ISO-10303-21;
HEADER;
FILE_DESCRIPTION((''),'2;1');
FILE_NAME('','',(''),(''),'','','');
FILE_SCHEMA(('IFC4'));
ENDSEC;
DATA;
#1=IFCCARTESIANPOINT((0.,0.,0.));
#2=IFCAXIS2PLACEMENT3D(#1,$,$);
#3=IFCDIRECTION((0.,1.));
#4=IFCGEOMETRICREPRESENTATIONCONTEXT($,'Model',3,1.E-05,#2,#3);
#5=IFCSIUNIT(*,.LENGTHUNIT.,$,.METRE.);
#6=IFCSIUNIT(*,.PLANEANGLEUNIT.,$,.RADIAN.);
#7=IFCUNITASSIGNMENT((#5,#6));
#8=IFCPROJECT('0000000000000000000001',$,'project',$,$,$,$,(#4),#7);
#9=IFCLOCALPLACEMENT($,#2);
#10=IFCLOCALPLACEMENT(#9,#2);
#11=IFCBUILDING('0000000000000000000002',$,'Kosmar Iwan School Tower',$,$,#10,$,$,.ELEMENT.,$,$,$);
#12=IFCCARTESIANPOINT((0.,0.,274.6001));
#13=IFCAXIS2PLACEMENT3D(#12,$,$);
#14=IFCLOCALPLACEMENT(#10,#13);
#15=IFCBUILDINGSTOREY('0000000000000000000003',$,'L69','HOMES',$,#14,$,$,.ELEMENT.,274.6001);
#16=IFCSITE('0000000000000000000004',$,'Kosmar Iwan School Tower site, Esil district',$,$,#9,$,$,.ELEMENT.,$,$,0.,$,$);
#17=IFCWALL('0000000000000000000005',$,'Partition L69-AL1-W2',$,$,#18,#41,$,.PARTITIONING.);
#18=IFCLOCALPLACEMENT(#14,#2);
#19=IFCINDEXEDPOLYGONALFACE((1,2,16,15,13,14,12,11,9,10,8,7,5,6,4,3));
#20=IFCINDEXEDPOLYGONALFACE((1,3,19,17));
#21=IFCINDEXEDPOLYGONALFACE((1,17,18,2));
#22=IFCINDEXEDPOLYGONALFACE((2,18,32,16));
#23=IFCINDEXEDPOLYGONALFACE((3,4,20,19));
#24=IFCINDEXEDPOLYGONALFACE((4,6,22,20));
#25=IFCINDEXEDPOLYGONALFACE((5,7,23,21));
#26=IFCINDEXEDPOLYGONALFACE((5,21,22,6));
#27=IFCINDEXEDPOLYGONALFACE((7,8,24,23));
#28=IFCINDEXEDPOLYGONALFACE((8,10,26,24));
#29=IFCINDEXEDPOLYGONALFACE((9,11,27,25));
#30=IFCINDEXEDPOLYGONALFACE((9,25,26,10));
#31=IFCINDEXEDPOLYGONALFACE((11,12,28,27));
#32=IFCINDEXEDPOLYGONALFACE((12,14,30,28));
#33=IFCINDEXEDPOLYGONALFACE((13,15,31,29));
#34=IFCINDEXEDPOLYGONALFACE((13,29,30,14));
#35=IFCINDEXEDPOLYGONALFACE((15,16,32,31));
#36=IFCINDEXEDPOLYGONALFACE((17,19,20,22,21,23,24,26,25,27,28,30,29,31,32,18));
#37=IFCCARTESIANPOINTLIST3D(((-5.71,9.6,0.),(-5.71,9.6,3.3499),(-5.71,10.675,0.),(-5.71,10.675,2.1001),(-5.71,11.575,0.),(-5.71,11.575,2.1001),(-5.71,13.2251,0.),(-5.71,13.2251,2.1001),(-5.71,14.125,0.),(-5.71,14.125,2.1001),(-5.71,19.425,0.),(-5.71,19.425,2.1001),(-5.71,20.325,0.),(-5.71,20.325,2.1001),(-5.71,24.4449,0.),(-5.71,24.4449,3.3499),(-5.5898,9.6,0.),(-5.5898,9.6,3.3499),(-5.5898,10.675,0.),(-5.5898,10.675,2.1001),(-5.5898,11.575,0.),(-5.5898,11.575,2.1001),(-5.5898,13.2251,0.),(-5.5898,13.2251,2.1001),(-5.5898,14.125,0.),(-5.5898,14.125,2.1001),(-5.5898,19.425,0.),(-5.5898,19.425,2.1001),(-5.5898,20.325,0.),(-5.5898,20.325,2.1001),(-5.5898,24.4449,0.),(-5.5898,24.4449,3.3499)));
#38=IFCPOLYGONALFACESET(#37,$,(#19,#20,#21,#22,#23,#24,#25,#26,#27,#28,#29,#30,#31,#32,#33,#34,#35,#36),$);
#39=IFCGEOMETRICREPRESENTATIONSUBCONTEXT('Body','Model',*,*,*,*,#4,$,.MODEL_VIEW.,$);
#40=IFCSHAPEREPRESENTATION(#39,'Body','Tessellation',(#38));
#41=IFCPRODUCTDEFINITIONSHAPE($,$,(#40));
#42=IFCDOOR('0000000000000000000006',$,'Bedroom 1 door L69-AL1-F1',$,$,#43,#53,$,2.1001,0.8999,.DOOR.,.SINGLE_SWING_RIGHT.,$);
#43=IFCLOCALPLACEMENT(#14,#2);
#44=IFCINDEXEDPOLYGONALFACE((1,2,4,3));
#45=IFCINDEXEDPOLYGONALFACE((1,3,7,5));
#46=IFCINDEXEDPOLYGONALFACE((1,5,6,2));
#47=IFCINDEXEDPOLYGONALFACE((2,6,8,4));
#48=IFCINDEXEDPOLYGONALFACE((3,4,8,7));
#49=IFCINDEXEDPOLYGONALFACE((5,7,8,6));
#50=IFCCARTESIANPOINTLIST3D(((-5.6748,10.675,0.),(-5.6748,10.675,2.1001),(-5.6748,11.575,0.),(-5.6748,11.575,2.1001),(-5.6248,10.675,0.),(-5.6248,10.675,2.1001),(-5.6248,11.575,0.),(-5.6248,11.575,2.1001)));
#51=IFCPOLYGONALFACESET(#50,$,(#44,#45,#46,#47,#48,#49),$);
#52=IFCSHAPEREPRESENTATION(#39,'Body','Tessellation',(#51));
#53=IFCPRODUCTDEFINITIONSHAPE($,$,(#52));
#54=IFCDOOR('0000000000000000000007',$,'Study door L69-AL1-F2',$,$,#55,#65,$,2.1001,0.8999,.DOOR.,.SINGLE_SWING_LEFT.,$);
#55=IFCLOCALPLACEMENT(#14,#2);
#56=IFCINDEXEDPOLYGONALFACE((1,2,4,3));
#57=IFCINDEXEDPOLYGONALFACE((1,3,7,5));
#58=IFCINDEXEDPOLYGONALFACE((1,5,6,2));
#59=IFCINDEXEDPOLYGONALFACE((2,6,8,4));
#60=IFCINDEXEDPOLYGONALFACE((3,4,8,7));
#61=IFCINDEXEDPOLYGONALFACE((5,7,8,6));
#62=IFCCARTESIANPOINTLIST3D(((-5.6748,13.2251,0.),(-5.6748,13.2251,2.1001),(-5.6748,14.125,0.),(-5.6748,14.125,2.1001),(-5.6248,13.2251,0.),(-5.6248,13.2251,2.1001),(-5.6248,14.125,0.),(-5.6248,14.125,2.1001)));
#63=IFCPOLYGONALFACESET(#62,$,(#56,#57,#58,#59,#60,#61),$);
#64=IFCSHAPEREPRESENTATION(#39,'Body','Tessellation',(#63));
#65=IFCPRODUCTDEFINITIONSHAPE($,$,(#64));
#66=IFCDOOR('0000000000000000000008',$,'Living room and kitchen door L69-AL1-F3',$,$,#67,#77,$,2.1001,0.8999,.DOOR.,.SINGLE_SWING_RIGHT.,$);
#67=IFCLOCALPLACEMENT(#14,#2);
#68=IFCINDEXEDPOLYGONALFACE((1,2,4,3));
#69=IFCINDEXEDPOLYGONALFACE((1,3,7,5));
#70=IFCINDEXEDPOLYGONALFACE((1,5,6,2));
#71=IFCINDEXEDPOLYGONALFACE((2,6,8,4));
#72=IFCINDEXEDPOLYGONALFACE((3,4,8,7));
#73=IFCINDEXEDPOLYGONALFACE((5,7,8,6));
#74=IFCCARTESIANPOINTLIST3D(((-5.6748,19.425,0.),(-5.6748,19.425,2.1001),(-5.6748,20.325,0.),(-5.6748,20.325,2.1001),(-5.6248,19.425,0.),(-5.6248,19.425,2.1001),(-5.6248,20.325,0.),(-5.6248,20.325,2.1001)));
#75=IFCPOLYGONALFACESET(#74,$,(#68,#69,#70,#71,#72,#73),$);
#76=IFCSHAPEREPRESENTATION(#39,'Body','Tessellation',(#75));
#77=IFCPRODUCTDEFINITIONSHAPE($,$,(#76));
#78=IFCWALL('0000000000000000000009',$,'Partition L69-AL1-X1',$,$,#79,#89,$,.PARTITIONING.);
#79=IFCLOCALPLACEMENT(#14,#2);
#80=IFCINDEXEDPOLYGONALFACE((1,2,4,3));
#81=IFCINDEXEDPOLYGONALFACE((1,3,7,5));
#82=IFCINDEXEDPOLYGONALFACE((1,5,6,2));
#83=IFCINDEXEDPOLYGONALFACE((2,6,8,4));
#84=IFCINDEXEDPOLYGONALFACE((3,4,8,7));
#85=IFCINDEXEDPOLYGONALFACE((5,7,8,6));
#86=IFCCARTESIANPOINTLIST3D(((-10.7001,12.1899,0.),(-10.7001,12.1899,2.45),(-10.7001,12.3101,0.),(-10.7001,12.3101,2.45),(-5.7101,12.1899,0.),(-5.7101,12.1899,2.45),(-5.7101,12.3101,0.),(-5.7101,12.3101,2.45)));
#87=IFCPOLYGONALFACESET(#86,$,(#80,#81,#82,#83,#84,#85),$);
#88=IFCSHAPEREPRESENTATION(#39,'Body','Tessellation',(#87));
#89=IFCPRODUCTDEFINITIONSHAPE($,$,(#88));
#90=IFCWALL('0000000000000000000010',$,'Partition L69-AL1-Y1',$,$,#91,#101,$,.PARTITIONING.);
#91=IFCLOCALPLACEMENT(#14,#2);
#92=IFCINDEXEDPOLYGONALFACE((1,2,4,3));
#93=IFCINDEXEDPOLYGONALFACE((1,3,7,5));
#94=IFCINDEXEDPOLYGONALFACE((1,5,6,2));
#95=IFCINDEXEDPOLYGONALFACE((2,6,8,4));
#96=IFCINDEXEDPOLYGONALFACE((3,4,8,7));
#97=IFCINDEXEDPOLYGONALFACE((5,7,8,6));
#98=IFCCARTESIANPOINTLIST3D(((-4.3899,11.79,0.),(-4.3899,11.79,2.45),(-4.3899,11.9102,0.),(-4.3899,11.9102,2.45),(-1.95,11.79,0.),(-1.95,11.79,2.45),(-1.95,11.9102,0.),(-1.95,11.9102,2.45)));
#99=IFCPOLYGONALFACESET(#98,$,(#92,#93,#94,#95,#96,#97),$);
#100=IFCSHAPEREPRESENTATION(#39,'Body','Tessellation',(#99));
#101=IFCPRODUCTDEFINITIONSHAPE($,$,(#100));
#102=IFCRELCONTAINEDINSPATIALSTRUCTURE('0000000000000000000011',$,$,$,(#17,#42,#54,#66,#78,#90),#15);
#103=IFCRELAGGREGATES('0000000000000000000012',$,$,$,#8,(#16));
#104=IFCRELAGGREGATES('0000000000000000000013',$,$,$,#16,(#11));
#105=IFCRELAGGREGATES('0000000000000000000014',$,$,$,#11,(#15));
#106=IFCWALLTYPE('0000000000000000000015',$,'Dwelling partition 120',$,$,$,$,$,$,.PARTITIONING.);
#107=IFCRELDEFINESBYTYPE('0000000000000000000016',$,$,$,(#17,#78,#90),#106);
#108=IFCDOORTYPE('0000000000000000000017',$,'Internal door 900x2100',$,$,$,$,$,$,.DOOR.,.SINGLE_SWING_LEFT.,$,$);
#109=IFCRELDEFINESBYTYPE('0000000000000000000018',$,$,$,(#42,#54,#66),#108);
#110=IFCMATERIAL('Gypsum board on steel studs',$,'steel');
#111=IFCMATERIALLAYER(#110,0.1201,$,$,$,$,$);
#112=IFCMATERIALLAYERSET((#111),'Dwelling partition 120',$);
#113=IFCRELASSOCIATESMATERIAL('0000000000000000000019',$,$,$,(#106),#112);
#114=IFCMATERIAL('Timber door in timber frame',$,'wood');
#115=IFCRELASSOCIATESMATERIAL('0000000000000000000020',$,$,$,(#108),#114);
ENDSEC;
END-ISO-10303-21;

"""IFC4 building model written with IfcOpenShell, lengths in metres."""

from ifc_helpers import new_model, si_unit, direction, frame, frame_2d, origin, place, context, subcontext, project, spatial, rectangle, extrude, material, layer, layer_set, type_object, element, fill, save


model = new_model("IFC4")

# Units and contexts
model_context = context("Model", 3, precision=1e-05, world=origin(), true_north=direction((0.0, 1.0)))
body_context = subcontext(model_context, "Body", "Model", "MODEL_VIEW")
ifc_project = project(units=[si_unit("LENGTHUNIT", "METRE"), si_unit("PLANEANGLEUNIT", "RADIAN")], contexts=[model_context])

# Site, building, storey
site_placement = place(None, origin())
site = spatial("IfcSite", under=ifc_project, at=site_placement, Name="Kosmar Iwan School Tower site, Esil district", CompositionType="ELEMENT", RefElevation=0.0)
building_placement = place(site_placement, origin())
building = spatial("IfcBuilding", under=site, at=building_placement, Name="Kosmar Iwan School Tower", CompositionType="ELEMENT")
storey_placement = place(building_placement, frame((0.0, 0.0, 274.6001)))
storey = spatial("IfcBuildingStorey", under=building, at=storey_placement, Name="L69", Description="HOMES", CompositionType="ELEMENT", Elevation=274.6001)

# Wall, openings, doors
ifc_material_1 = material(Name="Gypsum board on steel studs", Category="steel")
ifc_layer_1 = layer(ifc_material_1, 0.1201)
ifc_layer_set_1 = layer_set([ifc_layer_1], Name="Dwelling partition 120")
wall_type_1 = type_object("IfcWallType", Name="Dwelling partition 120", PredefinedType="PARTITIONING", material=ifc_layer_set_1)
ifc_material_2 = material(Name="Timber door in timber frame", Category="wood")
door_type_1 = type_object("IfcDoorType", Name="Internal door 900x2100", OperationType="SINGLE_SWING_LEFT", PredefinedType="DOOR", material=ifc_material_2)
wall_1_placement = place(storey_placement, frame((-5.6499, 9.6001, 0.0), z_axis=(0.0, 0.0, 1.0), x_axis=(0.0, 1.0, 0.0)))
wall_1 = element("IfcWall", 1, at=wall_1_placement, inside=storey, type_object=wall_type_1, Name="Partition L69-AL1-W2", PredefinedType="PARTITIONING", context=body_context, shape_type="SweptSolid", body=[
    extrude(rectangle(XDim=14.845, YDim=0.1201, at=frame_2d((7.4224, 0.0))), origin(), (0.0, 0.0, 1.0), 3.3499),
])
opening_1_placement = place(wall_1_placement, frame((1.075, 0.0, 0.0)))
opening_1 = element("IfcOpeningElement", 2, at=opening_1_placement, cuts=wall_1, PredefinedType="OPENING", context=body_context, shape_type="SweptSolid", body=[
    extrude(rectangle(XDim=0.8999, YDim=2.1001, at=frame_2d((0.45, 1.05))), frame((0.0, 0.072, 0.0), z_axis=(0.0, -1.0, 0.0), x_axis=(1.0, 0.0, 0.0)), (0.0, 0.0, 1.0), 0.144),
])
opening_2_placement = place(wall_1_placement, frame((3.625, 0.0, 0.0)))
opening_2 = element("IfcOpeningElement", 3, at=opening_2_placement, cuts=wall_1, PredefinedType="OPENING", context=body_context, shape_type="SweptSolid", body=[
    extrude(rectangle(XDim=0.8999, YDim=2.1001, at=frame_2d((0.45, 1.05))), frame((0.0, 0.072, 0.0), z_axis=(0.0, -1.0, 0.0), x_axis=(1.0, 0.0, 0.0)), (0.0, 0.0, 1.0), 0.144),
])
opening_3_placement = place(wall_1_placement, frame((9.825, 0.0, 0.0)))
opening_3 = element("IfcOpeningElement", 4, at=opening_3_placement, cuts=wall_1, PredefinedType="OPENING", context=body_context, shape_type="SweptSolid", body=[
    extrude(rectangle(XDim=0.8999, YDim=2.1001, at=frame_2d((0.45, 1.05))), frame((0.0, 0.072, 0.0), z_axis=(0.0, -1.0, 0.0), x_axis=(1.0, 0.0, 0.0)), (0.0, 0.0, 1.0), 0.144),
])
door_1_placement = place(opening_1_placement, origin())
door_1 = element("IfcDoor", 5, at=door_1_placement, inside=storey, type_object=door_type_1, Name="Bedroom 1 door L69-AL1-F1", OperationType="SINGLE_SWING_RIGHT", OverallHeight=2.1001, OverallWidth=0.8999, PredefinedType="DOOR", context=body_context, shape_type="SweptSolid", body=[
    extrude(rectangle(XDim=0.8999, YDim=2.1001, at=frame_2d((0.45, 1.05))), frame((0.0, 0.0249, 0.0), z_axis=(0.0, -1.0, 0.0), x_axis=(1.0, 0.0, 0.0)), (0.0, 0.0, 1.0), 0.05),
])
fill(opening_1, door_1)
door_2_placement = place(opening_2_placement, origin())
door_2 = element("IfcDoor", 6, at=door_2_placement, inside=storey, type_object=door_type_1, Name="Study door L69-AL1-F2", OperationType="SINGLE_SWING_LEFT", OverallHeight=2.1001, OverallWidth=0.8999, PredefinedType="DOOR", context=body_context, shape_type="SweptSolid", body=[
    extrude(rectangle(XDim=0.8999, YDim=2.1001, at=frame_2d((0.45, 1.05))), frame((0.0, 0.0249, 0.0), z_axis=(0.0, -1.0, 0.0), x_axis=(1.0, 0.0, 0.0)), (0.0, 0.0, 1.0), 0.05),
])
fill(opening_2, door_2)
door_3_placement = place(opening_3_placement, origin())
door_3 = element("IfcDoor", 7, at=door_3_placement, inside=storey, type_object=door_type_1, Name="Living room and kitchen door L69-AL1-F3", OperationType="SINGLE_SWING_RIGHT", OverallHeight=2.1001, OverallWidth=0.8999, PredefinedType="DOOR", context=body_context, shape_type="SweptSolid", body=[
    extrude(rectangle(XDim=0.8999, YDim=2.1001, at=frame_2d((0.45, 1.05))), frame((0.0, 0.0249, 0.0), z_axis=(0.0, -1.0, 0.0), x_axis=(1.0, 0.0, 0.0)), (0.0, 0.0, 1.0), 0.05),
])
fill(opening_3, door_3)

# Walls
wall_2_placement = place(storey_placement, frame((-5.71, 12.25, 0.0), z_axis=(0.0, 0.0, 1.0), x_axis=(-1.0, 0.0, 0.0)))
element("IfcWall", 8, at=wall_2_placement, inside=storey, type_object=wall_type_1, Name="Partition L69-AL1-X1", PredefinedType="PARTITIONING", context=body_context, shape_type="SweptSolid", body=[
    extrude(rectangle(XDim=4.99, YDim=0.1201, at=frame_2d((2.4951, 0.0))), origin(), (0.0, 0.0, 1.0), 2.45),
])
wall_3_placement = place(storey_placement, frame((-1.95, 11.8501, 0.0), z_axis=(0.0, 0.0, 1.0), x_axis=(-1.0, 0.0, 0.0)))
element("IfcWall", 9, at=wall_3_placement, inside=storey, type_object=wall_type_1, Name="Partition L69-AL1-Y1", PredefinedType="PARTITIONING", context=body_context, shape_type="SweptSolid", body=[
    extrude(rectangle(XDim=2.4399, YDim=0.1201, at=frame_2d((1.22, 0.0))), origin(), (0.0, 0.0, 1.0), 2.45),
])

save(model, "model.ifc")
